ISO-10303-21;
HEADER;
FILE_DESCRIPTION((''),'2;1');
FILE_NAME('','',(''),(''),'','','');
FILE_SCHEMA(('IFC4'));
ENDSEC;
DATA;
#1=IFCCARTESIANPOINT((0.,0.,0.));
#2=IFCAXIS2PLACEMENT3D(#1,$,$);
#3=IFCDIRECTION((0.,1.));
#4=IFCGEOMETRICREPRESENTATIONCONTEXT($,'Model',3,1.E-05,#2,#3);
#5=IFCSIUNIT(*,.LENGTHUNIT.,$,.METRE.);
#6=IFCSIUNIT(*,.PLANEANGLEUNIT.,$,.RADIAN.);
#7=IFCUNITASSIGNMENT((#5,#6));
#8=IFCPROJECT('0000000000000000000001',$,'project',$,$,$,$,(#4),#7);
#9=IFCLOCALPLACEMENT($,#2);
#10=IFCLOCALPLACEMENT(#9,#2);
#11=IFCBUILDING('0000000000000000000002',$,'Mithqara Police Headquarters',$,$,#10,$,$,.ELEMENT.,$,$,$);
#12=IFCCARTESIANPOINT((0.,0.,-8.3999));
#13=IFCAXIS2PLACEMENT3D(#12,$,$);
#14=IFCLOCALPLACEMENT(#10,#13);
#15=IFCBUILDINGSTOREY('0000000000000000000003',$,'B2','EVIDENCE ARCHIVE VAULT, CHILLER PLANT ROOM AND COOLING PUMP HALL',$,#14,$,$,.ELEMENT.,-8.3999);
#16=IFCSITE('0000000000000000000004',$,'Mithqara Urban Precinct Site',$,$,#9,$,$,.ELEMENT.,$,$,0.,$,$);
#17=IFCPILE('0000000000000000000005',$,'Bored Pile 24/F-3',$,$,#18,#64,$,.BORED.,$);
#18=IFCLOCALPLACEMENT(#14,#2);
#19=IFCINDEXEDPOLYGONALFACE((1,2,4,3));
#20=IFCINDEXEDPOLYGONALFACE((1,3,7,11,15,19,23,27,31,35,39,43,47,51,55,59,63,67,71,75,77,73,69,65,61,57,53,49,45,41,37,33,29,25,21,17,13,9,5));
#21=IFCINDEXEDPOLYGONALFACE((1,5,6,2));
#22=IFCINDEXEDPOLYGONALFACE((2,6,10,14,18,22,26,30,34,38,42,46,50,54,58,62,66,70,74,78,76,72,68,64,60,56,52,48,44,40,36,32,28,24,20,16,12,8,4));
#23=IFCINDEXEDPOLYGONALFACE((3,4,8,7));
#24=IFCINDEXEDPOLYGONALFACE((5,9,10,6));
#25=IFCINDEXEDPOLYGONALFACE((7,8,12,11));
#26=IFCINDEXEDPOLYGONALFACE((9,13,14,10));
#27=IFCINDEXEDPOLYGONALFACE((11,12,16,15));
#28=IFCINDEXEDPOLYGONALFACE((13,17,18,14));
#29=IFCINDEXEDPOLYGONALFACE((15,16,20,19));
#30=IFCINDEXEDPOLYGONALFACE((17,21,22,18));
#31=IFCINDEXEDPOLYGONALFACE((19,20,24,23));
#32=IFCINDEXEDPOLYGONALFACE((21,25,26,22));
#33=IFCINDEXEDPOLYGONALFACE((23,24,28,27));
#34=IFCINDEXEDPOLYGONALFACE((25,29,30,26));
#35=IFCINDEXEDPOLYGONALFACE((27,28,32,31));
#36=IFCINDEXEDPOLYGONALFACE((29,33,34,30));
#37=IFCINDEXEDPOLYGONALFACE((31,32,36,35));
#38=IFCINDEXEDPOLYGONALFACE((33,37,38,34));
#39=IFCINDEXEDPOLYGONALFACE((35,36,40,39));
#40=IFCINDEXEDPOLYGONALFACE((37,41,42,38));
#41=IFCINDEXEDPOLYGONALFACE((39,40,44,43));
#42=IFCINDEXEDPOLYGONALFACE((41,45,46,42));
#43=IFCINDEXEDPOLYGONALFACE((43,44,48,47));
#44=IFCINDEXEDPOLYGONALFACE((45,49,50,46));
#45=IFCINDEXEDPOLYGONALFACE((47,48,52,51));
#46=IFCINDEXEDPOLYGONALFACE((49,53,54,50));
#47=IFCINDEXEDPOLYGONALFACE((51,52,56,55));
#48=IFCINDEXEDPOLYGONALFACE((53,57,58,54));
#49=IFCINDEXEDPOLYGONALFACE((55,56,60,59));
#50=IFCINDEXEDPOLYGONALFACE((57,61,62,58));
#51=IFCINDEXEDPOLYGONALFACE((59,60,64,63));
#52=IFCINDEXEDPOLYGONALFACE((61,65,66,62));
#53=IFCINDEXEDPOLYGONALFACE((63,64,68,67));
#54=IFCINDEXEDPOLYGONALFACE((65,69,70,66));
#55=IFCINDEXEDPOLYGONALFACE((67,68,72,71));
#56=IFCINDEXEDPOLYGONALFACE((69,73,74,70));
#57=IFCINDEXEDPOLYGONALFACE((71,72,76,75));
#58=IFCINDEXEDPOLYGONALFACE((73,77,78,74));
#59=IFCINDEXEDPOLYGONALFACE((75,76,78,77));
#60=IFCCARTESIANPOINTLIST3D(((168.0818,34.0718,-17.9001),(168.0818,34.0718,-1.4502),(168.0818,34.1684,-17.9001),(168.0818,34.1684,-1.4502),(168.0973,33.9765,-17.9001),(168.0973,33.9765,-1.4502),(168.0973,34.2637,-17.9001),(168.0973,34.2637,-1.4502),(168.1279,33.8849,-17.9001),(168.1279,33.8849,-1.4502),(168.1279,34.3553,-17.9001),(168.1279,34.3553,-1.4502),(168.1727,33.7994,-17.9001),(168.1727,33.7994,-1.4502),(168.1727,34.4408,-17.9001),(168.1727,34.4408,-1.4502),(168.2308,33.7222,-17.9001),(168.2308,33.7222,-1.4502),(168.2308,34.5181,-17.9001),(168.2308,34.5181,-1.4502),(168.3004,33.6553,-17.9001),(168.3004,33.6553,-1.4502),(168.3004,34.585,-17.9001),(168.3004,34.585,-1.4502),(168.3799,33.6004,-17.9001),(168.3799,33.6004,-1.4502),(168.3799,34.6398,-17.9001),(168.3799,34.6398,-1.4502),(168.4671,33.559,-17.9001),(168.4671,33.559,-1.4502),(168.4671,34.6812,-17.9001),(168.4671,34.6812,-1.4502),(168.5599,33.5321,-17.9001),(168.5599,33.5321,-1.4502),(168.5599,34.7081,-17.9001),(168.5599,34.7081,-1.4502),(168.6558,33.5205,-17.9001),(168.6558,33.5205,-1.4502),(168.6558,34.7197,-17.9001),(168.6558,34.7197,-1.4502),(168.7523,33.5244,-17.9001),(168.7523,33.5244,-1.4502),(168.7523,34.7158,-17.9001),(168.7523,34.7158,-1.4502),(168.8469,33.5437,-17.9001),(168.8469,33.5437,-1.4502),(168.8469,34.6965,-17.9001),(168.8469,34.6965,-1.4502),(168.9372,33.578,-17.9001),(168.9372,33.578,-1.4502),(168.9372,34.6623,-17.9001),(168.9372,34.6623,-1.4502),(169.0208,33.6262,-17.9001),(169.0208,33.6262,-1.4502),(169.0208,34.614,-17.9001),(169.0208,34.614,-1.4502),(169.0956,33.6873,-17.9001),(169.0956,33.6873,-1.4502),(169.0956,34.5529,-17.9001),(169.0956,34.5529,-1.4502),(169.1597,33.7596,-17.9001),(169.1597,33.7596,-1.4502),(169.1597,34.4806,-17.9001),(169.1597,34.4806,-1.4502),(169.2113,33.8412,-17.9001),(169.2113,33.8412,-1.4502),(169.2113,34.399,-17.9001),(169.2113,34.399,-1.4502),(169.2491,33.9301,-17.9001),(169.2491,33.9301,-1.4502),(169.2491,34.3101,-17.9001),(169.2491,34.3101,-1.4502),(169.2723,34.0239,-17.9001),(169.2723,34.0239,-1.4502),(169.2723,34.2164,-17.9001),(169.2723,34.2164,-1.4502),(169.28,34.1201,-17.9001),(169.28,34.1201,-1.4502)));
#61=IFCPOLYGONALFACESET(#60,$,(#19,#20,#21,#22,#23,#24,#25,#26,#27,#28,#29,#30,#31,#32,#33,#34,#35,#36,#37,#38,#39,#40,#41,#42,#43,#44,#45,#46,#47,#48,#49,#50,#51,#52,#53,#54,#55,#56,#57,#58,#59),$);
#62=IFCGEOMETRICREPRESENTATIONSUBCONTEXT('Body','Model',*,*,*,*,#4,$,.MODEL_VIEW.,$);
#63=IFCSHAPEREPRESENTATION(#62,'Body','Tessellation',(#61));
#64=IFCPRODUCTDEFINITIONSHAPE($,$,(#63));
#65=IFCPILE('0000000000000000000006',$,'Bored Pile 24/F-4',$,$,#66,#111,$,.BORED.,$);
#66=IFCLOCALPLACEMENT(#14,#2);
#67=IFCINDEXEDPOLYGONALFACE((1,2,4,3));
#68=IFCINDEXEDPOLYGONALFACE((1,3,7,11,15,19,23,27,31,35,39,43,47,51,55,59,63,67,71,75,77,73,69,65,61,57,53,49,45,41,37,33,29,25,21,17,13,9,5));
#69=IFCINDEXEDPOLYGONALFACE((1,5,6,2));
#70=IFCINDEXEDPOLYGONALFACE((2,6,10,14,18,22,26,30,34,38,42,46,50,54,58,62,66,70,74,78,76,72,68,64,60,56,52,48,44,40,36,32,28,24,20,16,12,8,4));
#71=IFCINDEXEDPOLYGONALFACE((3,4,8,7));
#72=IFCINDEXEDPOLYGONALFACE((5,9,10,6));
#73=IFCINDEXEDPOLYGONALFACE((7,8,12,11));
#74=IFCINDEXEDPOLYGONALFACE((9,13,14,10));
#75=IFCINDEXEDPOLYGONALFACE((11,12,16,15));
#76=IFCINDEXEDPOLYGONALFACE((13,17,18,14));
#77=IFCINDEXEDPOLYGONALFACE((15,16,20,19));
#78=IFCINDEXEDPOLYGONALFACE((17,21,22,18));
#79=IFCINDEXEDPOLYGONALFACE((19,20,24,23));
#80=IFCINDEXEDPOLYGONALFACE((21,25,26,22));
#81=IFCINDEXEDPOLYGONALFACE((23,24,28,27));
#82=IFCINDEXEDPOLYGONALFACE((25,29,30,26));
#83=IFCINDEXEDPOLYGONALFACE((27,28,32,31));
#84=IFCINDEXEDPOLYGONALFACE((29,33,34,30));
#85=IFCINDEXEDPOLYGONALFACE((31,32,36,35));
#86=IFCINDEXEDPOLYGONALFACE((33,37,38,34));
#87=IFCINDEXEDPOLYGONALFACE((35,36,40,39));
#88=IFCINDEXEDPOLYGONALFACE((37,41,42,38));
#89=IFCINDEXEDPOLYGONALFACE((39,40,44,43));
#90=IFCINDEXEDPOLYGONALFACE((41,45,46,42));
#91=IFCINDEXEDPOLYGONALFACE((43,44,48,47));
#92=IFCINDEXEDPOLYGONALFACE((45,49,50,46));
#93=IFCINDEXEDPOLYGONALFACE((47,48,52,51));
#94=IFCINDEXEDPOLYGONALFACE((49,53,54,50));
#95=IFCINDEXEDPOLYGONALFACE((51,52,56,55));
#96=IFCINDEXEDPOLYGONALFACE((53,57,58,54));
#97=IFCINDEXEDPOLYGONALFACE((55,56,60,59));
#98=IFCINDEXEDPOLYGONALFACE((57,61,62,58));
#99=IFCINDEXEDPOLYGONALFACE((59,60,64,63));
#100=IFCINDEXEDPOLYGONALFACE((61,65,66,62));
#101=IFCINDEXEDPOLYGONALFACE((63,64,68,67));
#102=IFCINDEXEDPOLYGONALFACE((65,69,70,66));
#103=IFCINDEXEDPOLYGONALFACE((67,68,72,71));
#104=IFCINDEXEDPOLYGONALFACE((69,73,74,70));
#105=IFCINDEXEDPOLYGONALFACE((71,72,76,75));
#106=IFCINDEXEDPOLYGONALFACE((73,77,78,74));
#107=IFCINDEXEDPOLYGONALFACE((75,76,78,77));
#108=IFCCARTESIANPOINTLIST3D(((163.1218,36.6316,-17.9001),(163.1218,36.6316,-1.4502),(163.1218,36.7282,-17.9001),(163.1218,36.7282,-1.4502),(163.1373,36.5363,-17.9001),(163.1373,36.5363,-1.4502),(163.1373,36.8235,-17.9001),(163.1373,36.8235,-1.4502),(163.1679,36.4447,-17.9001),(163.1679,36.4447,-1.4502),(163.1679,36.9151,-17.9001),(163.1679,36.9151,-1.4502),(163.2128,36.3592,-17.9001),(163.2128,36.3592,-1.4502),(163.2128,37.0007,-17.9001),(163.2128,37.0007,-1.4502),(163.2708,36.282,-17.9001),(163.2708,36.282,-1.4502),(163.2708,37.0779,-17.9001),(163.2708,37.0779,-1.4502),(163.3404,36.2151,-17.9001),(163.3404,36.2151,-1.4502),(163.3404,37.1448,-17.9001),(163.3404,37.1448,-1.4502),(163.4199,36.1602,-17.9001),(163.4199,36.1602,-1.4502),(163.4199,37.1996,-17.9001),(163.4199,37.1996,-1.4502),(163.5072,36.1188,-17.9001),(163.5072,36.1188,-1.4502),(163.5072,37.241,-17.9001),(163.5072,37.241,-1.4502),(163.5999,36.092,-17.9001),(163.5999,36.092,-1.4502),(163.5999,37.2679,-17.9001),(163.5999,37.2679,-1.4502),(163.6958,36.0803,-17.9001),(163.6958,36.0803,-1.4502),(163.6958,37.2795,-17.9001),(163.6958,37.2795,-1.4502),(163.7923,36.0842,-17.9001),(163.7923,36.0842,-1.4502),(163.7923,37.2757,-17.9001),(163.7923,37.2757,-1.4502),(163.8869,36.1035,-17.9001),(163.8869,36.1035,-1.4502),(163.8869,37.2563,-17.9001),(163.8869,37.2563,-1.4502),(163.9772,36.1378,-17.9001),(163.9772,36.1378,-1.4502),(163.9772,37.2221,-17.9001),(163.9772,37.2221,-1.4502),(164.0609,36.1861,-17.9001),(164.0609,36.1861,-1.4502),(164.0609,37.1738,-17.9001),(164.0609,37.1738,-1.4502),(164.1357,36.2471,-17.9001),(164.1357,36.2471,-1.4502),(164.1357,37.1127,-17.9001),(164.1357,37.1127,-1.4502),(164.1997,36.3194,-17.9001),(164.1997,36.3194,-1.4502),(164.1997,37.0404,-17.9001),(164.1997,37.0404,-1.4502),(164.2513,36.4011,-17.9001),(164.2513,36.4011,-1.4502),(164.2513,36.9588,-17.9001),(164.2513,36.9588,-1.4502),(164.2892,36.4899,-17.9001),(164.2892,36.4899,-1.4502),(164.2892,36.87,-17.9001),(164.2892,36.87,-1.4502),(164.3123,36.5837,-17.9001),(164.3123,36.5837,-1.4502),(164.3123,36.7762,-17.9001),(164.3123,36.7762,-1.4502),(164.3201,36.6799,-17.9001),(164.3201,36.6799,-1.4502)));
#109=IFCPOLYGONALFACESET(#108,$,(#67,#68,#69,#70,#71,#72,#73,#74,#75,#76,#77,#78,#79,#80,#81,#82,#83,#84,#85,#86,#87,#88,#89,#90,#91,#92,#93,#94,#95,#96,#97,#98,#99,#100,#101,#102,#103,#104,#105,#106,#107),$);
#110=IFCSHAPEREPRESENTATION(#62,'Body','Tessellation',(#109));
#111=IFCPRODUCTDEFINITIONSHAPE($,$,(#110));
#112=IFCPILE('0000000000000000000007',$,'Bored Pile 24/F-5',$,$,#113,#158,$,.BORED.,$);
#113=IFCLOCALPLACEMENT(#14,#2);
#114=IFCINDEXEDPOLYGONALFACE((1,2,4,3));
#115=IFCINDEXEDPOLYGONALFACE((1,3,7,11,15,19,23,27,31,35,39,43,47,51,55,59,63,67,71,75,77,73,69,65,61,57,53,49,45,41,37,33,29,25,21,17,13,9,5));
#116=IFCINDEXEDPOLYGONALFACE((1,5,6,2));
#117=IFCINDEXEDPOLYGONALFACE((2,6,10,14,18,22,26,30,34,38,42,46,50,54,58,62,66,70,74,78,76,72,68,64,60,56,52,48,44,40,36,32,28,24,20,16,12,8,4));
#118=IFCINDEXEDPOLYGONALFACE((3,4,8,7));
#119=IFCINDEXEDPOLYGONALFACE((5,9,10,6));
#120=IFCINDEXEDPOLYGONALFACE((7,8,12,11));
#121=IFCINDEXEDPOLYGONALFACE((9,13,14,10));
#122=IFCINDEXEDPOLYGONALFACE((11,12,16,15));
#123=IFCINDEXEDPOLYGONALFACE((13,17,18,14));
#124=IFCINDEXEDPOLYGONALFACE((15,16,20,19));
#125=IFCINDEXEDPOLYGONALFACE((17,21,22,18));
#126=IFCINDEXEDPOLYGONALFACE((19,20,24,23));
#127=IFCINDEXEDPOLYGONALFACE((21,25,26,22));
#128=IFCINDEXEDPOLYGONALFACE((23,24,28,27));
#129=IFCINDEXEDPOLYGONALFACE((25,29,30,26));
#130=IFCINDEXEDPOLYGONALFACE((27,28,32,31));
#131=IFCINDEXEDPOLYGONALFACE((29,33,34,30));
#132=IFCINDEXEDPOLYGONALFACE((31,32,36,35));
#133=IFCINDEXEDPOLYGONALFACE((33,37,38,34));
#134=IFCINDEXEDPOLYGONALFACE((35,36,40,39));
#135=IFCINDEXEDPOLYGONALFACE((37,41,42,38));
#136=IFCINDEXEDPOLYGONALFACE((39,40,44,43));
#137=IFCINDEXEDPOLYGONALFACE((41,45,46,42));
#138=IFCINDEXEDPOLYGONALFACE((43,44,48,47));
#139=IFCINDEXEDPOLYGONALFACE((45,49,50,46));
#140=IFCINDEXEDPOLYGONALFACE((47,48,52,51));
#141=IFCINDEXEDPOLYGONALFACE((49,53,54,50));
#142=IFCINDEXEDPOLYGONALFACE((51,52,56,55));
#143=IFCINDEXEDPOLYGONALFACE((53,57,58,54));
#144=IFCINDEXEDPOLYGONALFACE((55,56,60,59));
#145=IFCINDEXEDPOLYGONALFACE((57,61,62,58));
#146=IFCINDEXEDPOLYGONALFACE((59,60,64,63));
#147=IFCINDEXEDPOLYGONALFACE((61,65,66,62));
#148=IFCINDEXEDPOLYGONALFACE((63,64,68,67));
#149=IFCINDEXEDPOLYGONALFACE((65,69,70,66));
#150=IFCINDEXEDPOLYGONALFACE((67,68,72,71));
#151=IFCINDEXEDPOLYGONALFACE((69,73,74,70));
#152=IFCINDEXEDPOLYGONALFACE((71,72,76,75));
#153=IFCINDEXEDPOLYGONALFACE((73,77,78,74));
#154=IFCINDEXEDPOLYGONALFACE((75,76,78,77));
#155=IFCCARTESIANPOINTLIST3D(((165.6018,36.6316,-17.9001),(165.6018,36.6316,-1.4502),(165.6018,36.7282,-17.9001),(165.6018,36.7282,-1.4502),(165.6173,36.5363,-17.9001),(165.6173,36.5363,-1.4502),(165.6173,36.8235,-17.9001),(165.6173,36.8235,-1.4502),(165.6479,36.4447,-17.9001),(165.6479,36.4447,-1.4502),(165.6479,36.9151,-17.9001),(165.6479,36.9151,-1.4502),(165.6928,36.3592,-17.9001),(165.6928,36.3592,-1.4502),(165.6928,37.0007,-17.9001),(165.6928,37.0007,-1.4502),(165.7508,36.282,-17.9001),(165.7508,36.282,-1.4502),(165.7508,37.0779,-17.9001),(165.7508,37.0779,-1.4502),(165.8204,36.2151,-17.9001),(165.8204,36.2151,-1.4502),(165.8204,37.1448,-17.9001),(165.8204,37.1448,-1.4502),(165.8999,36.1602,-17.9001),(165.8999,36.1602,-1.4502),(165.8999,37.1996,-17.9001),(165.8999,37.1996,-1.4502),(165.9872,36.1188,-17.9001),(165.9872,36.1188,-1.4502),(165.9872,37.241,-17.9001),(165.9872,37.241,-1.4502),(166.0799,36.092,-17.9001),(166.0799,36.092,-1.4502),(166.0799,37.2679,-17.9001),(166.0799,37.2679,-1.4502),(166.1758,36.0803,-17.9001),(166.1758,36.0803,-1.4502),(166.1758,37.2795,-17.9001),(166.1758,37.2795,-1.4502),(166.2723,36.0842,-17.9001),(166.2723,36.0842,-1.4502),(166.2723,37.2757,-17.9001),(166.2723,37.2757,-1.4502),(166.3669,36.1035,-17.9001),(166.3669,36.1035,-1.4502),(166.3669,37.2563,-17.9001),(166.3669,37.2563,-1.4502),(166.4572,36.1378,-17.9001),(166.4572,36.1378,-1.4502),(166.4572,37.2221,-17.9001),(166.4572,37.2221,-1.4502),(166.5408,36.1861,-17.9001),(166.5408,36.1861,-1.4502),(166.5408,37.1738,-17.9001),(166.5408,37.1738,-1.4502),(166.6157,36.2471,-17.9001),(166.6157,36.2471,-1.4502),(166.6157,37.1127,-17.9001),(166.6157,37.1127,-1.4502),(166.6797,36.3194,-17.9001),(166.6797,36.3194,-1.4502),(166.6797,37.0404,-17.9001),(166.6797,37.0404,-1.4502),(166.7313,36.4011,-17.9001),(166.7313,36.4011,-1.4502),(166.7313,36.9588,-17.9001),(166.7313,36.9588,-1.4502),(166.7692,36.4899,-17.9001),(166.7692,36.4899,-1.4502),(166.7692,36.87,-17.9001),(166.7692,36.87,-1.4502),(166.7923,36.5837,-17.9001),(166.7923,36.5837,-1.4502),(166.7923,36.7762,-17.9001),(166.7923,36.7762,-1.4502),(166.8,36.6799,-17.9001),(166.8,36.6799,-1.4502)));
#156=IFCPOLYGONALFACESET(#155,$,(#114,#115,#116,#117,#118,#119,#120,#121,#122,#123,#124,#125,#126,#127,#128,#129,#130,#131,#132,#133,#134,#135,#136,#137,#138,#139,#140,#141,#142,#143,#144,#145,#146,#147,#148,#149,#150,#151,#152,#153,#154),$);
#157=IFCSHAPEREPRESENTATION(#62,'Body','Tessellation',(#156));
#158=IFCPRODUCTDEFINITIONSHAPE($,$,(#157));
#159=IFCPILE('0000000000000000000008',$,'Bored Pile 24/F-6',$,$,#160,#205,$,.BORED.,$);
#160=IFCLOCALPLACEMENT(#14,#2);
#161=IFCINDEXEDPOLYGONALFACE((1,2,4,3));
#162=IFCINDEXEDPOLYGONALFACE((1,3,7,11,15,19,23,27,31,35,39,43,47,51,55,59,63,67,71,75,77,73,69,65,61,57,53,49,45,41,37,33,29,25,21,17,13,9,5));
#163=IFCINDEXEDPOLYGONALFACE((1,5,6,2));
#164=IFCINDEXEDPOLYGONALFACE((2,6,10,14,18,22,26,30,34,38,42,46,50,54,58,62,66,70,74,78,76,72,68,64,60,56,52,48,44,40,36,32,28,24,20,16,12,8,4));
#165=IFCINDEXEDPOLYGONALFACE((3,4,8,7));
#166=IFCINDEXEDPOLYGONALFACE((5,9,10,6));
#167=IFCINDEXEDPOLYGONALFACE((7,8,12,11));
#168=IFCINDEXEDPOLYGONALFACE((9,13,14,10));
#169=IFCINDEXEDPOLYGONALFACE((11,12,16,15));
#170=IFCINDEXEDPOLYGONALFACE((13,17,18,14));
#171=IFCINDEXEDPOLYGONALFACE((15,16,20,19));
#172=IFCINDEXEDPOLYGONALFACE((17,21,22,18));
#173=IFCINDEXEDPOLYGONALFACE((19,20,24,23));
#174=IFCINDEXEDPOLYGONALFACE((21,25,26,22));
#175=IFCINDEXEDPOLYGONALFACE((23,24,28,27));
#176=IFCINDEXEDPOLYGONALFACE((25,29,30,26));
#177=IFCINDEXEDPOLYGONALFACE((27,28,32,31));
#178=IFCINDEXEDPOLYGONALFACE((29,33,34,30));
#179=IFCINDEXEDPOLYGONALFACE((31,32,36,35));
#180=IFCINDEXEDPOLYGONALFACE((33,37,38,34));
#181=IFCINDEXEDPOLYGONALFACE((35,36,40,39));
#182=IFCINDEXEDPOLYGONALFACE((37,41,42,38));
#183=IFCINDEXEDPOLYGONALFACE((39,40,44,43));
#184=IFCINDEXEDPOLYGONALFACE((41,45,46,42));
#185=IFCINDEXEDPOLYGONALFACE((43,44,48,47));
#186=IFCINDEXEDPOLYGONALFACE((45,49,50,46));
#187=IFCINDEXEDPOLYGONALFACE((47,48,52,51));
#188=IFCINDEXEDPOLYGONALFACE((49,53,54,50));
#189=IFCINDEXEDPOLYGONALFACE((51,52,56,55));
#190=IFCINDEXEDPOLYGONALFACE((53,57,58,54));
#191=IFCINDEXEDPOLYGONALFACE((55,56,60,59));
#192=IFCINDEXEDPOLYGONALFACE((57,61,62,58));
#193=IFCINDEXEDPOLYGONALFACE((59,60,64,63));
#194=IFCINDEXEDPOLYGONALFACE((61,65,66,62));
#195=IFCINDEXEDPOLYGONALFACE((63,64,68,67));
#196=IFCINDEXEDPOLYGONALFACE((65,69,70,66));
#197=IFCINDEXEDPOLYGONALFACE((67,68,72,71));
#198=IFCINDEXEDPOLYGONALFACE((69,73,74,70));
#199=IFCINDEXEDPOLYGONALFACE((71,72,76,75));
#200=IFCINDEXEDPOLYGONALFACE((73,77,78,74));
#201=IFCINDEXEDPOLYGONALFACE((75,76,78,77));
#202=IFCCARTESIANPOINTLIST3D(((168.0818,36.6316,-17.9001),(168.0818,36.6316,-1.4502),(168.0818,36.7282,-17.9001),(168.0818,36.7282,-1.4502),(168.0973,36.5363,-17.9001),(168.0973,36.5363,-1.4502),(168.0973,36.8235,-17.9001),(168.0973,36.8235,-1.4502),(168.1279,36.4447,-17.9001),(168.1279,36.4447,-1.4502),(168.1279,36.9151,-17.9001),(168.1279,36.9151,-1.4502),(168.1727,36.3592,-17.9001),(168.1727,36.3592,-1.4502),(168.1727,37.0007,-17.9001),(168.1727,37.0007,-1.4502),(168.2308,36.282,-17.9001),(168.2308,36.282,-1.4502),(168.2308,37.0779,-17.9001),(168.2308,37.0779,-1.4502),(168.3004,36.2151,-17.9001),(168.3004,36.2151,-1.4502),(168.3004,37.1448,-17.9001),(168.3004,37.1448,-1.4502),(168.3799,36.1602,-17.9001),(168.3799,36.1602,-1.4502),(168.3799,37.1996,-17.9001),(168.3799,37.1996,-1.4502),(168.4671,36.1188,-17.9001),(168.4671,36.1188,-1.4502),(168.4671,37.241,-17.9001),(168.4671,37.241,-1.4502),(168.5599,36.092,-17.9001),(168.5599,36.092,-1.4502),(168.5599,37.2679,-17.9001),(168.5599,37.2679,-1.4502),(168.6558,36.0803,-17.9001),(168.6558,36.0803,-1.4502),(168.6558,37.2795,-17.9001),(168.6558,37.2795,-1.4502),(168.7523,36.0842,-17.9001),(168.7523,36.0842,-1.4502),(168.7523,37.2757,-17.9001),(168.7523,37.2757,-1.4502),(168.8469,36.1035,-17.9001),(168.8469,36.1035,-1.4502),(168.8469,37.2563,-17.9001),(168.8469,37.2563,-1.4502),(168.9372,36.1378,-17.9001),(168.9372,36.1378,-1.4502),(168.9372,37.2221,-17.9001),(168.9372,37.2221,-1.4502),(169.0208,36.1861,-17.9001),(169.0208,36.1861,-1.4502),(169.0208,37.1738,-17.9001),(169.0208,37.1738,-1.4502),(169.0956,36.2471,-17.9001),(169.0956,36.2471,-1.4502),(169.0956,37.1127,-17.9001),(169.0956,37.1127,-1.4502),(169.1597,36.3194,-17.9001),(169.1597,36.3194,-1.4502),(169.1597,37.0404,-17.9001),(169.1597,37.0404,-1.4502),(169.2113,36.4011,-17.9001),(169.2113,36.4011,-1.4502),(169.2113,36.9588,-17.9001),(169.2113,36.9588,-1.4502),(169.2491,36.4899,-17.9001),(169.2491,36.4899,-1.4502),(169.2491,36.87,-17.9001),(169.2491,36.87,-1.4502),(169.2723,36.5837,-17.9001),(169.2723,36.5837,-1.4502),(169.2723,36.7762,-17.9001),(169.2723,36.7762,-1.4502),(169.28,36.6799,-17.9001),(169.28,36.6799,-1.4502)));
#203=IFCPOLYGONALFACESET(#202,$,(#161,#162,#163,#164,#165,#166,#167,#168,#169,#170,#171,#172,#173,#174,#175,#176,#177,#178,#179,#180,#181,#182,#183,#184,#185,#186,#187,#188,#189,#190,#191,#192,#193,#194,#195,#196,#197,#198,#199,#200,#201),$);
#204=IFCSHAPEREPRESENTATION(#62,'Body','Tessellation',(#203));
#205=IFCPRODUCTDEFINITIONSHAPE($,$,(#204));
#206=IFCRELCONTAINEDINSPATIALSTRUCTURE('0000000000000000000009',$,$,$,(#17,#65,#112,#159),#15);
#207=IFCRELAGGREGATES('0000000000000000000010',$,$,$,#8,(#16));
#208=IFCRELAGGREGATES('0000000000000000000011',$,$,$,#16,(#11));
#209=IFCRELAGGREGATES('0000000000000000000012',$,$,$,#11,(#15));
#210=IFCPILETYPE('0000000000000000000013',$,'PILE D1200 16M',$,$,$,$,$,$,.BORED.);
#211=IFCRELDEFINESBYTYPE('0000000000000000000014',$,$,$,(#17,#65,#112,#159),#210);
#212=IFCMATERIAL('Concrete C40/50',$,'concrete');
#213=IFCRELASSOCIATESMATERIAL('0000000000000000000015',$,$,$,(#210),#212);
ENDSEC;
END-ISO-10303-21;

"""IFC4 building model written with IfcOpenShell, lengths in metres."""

from ifc_helpers import new_model, si_unit, direction, frame, origin, origin_2d, place, context, subcontext, project, spatial, circle, extrude, material, material_profile, profile_set, type_object, element, save


model = new_model("IFC4")

# Units and contexts
model_context = context("Model", 3, precision=1e-05, world=origin(), true_north=direction((0.0, 1.0)))
body_context = subcontext(model_context, "Body", "Model", "MODEL_VIEW")
ifc_project = project(units=[si_unit("LENGTHUNIT", "METRE"), si_unit("PLANEANGLEUNIT", "RADIAN")], contexts=[model_context])

# Site, building, storey
site_placement = place(None, origin())
site = spatial("IfcSite", under=ifc_project, at=site_placement, Name="Mithqara Urban Precinct Site", CompositionType="ELEMENT", RefElevation=0.0)
building_placement = place(site_placement, origin())
building = spatial("IfcBuilding", under=site, at=building_placement, Name="Mithqara Police Headquarters", CompositionType="ELEMENT")
storey_placement = place(building_placement, frame((0.0, 0.0, -8.3999)))
storey = spatial("IfcBuildingStorey", under=building, at=storey_placement, Name="B2", Description="EVIDENCE ARCHIVE VAULT, CHILLER PLANT ROOM AND COOLING PUMP HALL", CompositionType="ELEMENT", Elevation=-8.3999)

# Shared definitions
ifc_material_1 = material(Name="Concrete C40/50", Category="concrete")

# Piles
ifc_material_profile_1 = material_profile(ifc_material_1, circle(Radius=0.6001, at=origin_2d()), Name="PILE D1200")
ifc_profile_set_1 = profile_set([ifc_material_profile_1], Name="Concrete C40/50")
pile_type_1 = type_object("IfcPileType", Name="PILE D1200 16M", PredefinedType="BORED", material=ifc_profile_set_1)
for number, where, z_axis, x_axis, name in (
    (1, (168.6799, 34.1201, -1.4502), (0.0, 0.0, -1.0), (1.0, 0.0, 0.0), "Bored Pile 24/F-3"),
    (2, (163.72, 36.6799, -1.4502), (0.0, 0.0, -1.0), (1.0, 0.0, 0.0), "Bored Pile 24/F-4"),
    (3, (166.2, 36.6799, -1.4502), (0.0, 0.0, -1.0), (1.0, 0.0, 0.0), "Bored Pile 24/F-5"),
    (4, (168.6799, 36.6799, -1.4502), (0.0, 0.0, -1.0), (1.0, 0.0, 0.0), "Bored Pile 24/F-6"),
):
    element("IfcPile", number, at=place(storey_placement, frame(where, z_axis=z_axis, x_axis=x_axis)), inside=storey, type_object=pile_type_1, Name=name, PredefinedType="BORED", context=body_context, shape_type="SweptSolid", body=[
        extrude(circle(Radius=0.6001, at=origin_2d()), origin(), (0.0, 0.0, 1.0), 16.45),
    ])

save(model, "model.ifc")
